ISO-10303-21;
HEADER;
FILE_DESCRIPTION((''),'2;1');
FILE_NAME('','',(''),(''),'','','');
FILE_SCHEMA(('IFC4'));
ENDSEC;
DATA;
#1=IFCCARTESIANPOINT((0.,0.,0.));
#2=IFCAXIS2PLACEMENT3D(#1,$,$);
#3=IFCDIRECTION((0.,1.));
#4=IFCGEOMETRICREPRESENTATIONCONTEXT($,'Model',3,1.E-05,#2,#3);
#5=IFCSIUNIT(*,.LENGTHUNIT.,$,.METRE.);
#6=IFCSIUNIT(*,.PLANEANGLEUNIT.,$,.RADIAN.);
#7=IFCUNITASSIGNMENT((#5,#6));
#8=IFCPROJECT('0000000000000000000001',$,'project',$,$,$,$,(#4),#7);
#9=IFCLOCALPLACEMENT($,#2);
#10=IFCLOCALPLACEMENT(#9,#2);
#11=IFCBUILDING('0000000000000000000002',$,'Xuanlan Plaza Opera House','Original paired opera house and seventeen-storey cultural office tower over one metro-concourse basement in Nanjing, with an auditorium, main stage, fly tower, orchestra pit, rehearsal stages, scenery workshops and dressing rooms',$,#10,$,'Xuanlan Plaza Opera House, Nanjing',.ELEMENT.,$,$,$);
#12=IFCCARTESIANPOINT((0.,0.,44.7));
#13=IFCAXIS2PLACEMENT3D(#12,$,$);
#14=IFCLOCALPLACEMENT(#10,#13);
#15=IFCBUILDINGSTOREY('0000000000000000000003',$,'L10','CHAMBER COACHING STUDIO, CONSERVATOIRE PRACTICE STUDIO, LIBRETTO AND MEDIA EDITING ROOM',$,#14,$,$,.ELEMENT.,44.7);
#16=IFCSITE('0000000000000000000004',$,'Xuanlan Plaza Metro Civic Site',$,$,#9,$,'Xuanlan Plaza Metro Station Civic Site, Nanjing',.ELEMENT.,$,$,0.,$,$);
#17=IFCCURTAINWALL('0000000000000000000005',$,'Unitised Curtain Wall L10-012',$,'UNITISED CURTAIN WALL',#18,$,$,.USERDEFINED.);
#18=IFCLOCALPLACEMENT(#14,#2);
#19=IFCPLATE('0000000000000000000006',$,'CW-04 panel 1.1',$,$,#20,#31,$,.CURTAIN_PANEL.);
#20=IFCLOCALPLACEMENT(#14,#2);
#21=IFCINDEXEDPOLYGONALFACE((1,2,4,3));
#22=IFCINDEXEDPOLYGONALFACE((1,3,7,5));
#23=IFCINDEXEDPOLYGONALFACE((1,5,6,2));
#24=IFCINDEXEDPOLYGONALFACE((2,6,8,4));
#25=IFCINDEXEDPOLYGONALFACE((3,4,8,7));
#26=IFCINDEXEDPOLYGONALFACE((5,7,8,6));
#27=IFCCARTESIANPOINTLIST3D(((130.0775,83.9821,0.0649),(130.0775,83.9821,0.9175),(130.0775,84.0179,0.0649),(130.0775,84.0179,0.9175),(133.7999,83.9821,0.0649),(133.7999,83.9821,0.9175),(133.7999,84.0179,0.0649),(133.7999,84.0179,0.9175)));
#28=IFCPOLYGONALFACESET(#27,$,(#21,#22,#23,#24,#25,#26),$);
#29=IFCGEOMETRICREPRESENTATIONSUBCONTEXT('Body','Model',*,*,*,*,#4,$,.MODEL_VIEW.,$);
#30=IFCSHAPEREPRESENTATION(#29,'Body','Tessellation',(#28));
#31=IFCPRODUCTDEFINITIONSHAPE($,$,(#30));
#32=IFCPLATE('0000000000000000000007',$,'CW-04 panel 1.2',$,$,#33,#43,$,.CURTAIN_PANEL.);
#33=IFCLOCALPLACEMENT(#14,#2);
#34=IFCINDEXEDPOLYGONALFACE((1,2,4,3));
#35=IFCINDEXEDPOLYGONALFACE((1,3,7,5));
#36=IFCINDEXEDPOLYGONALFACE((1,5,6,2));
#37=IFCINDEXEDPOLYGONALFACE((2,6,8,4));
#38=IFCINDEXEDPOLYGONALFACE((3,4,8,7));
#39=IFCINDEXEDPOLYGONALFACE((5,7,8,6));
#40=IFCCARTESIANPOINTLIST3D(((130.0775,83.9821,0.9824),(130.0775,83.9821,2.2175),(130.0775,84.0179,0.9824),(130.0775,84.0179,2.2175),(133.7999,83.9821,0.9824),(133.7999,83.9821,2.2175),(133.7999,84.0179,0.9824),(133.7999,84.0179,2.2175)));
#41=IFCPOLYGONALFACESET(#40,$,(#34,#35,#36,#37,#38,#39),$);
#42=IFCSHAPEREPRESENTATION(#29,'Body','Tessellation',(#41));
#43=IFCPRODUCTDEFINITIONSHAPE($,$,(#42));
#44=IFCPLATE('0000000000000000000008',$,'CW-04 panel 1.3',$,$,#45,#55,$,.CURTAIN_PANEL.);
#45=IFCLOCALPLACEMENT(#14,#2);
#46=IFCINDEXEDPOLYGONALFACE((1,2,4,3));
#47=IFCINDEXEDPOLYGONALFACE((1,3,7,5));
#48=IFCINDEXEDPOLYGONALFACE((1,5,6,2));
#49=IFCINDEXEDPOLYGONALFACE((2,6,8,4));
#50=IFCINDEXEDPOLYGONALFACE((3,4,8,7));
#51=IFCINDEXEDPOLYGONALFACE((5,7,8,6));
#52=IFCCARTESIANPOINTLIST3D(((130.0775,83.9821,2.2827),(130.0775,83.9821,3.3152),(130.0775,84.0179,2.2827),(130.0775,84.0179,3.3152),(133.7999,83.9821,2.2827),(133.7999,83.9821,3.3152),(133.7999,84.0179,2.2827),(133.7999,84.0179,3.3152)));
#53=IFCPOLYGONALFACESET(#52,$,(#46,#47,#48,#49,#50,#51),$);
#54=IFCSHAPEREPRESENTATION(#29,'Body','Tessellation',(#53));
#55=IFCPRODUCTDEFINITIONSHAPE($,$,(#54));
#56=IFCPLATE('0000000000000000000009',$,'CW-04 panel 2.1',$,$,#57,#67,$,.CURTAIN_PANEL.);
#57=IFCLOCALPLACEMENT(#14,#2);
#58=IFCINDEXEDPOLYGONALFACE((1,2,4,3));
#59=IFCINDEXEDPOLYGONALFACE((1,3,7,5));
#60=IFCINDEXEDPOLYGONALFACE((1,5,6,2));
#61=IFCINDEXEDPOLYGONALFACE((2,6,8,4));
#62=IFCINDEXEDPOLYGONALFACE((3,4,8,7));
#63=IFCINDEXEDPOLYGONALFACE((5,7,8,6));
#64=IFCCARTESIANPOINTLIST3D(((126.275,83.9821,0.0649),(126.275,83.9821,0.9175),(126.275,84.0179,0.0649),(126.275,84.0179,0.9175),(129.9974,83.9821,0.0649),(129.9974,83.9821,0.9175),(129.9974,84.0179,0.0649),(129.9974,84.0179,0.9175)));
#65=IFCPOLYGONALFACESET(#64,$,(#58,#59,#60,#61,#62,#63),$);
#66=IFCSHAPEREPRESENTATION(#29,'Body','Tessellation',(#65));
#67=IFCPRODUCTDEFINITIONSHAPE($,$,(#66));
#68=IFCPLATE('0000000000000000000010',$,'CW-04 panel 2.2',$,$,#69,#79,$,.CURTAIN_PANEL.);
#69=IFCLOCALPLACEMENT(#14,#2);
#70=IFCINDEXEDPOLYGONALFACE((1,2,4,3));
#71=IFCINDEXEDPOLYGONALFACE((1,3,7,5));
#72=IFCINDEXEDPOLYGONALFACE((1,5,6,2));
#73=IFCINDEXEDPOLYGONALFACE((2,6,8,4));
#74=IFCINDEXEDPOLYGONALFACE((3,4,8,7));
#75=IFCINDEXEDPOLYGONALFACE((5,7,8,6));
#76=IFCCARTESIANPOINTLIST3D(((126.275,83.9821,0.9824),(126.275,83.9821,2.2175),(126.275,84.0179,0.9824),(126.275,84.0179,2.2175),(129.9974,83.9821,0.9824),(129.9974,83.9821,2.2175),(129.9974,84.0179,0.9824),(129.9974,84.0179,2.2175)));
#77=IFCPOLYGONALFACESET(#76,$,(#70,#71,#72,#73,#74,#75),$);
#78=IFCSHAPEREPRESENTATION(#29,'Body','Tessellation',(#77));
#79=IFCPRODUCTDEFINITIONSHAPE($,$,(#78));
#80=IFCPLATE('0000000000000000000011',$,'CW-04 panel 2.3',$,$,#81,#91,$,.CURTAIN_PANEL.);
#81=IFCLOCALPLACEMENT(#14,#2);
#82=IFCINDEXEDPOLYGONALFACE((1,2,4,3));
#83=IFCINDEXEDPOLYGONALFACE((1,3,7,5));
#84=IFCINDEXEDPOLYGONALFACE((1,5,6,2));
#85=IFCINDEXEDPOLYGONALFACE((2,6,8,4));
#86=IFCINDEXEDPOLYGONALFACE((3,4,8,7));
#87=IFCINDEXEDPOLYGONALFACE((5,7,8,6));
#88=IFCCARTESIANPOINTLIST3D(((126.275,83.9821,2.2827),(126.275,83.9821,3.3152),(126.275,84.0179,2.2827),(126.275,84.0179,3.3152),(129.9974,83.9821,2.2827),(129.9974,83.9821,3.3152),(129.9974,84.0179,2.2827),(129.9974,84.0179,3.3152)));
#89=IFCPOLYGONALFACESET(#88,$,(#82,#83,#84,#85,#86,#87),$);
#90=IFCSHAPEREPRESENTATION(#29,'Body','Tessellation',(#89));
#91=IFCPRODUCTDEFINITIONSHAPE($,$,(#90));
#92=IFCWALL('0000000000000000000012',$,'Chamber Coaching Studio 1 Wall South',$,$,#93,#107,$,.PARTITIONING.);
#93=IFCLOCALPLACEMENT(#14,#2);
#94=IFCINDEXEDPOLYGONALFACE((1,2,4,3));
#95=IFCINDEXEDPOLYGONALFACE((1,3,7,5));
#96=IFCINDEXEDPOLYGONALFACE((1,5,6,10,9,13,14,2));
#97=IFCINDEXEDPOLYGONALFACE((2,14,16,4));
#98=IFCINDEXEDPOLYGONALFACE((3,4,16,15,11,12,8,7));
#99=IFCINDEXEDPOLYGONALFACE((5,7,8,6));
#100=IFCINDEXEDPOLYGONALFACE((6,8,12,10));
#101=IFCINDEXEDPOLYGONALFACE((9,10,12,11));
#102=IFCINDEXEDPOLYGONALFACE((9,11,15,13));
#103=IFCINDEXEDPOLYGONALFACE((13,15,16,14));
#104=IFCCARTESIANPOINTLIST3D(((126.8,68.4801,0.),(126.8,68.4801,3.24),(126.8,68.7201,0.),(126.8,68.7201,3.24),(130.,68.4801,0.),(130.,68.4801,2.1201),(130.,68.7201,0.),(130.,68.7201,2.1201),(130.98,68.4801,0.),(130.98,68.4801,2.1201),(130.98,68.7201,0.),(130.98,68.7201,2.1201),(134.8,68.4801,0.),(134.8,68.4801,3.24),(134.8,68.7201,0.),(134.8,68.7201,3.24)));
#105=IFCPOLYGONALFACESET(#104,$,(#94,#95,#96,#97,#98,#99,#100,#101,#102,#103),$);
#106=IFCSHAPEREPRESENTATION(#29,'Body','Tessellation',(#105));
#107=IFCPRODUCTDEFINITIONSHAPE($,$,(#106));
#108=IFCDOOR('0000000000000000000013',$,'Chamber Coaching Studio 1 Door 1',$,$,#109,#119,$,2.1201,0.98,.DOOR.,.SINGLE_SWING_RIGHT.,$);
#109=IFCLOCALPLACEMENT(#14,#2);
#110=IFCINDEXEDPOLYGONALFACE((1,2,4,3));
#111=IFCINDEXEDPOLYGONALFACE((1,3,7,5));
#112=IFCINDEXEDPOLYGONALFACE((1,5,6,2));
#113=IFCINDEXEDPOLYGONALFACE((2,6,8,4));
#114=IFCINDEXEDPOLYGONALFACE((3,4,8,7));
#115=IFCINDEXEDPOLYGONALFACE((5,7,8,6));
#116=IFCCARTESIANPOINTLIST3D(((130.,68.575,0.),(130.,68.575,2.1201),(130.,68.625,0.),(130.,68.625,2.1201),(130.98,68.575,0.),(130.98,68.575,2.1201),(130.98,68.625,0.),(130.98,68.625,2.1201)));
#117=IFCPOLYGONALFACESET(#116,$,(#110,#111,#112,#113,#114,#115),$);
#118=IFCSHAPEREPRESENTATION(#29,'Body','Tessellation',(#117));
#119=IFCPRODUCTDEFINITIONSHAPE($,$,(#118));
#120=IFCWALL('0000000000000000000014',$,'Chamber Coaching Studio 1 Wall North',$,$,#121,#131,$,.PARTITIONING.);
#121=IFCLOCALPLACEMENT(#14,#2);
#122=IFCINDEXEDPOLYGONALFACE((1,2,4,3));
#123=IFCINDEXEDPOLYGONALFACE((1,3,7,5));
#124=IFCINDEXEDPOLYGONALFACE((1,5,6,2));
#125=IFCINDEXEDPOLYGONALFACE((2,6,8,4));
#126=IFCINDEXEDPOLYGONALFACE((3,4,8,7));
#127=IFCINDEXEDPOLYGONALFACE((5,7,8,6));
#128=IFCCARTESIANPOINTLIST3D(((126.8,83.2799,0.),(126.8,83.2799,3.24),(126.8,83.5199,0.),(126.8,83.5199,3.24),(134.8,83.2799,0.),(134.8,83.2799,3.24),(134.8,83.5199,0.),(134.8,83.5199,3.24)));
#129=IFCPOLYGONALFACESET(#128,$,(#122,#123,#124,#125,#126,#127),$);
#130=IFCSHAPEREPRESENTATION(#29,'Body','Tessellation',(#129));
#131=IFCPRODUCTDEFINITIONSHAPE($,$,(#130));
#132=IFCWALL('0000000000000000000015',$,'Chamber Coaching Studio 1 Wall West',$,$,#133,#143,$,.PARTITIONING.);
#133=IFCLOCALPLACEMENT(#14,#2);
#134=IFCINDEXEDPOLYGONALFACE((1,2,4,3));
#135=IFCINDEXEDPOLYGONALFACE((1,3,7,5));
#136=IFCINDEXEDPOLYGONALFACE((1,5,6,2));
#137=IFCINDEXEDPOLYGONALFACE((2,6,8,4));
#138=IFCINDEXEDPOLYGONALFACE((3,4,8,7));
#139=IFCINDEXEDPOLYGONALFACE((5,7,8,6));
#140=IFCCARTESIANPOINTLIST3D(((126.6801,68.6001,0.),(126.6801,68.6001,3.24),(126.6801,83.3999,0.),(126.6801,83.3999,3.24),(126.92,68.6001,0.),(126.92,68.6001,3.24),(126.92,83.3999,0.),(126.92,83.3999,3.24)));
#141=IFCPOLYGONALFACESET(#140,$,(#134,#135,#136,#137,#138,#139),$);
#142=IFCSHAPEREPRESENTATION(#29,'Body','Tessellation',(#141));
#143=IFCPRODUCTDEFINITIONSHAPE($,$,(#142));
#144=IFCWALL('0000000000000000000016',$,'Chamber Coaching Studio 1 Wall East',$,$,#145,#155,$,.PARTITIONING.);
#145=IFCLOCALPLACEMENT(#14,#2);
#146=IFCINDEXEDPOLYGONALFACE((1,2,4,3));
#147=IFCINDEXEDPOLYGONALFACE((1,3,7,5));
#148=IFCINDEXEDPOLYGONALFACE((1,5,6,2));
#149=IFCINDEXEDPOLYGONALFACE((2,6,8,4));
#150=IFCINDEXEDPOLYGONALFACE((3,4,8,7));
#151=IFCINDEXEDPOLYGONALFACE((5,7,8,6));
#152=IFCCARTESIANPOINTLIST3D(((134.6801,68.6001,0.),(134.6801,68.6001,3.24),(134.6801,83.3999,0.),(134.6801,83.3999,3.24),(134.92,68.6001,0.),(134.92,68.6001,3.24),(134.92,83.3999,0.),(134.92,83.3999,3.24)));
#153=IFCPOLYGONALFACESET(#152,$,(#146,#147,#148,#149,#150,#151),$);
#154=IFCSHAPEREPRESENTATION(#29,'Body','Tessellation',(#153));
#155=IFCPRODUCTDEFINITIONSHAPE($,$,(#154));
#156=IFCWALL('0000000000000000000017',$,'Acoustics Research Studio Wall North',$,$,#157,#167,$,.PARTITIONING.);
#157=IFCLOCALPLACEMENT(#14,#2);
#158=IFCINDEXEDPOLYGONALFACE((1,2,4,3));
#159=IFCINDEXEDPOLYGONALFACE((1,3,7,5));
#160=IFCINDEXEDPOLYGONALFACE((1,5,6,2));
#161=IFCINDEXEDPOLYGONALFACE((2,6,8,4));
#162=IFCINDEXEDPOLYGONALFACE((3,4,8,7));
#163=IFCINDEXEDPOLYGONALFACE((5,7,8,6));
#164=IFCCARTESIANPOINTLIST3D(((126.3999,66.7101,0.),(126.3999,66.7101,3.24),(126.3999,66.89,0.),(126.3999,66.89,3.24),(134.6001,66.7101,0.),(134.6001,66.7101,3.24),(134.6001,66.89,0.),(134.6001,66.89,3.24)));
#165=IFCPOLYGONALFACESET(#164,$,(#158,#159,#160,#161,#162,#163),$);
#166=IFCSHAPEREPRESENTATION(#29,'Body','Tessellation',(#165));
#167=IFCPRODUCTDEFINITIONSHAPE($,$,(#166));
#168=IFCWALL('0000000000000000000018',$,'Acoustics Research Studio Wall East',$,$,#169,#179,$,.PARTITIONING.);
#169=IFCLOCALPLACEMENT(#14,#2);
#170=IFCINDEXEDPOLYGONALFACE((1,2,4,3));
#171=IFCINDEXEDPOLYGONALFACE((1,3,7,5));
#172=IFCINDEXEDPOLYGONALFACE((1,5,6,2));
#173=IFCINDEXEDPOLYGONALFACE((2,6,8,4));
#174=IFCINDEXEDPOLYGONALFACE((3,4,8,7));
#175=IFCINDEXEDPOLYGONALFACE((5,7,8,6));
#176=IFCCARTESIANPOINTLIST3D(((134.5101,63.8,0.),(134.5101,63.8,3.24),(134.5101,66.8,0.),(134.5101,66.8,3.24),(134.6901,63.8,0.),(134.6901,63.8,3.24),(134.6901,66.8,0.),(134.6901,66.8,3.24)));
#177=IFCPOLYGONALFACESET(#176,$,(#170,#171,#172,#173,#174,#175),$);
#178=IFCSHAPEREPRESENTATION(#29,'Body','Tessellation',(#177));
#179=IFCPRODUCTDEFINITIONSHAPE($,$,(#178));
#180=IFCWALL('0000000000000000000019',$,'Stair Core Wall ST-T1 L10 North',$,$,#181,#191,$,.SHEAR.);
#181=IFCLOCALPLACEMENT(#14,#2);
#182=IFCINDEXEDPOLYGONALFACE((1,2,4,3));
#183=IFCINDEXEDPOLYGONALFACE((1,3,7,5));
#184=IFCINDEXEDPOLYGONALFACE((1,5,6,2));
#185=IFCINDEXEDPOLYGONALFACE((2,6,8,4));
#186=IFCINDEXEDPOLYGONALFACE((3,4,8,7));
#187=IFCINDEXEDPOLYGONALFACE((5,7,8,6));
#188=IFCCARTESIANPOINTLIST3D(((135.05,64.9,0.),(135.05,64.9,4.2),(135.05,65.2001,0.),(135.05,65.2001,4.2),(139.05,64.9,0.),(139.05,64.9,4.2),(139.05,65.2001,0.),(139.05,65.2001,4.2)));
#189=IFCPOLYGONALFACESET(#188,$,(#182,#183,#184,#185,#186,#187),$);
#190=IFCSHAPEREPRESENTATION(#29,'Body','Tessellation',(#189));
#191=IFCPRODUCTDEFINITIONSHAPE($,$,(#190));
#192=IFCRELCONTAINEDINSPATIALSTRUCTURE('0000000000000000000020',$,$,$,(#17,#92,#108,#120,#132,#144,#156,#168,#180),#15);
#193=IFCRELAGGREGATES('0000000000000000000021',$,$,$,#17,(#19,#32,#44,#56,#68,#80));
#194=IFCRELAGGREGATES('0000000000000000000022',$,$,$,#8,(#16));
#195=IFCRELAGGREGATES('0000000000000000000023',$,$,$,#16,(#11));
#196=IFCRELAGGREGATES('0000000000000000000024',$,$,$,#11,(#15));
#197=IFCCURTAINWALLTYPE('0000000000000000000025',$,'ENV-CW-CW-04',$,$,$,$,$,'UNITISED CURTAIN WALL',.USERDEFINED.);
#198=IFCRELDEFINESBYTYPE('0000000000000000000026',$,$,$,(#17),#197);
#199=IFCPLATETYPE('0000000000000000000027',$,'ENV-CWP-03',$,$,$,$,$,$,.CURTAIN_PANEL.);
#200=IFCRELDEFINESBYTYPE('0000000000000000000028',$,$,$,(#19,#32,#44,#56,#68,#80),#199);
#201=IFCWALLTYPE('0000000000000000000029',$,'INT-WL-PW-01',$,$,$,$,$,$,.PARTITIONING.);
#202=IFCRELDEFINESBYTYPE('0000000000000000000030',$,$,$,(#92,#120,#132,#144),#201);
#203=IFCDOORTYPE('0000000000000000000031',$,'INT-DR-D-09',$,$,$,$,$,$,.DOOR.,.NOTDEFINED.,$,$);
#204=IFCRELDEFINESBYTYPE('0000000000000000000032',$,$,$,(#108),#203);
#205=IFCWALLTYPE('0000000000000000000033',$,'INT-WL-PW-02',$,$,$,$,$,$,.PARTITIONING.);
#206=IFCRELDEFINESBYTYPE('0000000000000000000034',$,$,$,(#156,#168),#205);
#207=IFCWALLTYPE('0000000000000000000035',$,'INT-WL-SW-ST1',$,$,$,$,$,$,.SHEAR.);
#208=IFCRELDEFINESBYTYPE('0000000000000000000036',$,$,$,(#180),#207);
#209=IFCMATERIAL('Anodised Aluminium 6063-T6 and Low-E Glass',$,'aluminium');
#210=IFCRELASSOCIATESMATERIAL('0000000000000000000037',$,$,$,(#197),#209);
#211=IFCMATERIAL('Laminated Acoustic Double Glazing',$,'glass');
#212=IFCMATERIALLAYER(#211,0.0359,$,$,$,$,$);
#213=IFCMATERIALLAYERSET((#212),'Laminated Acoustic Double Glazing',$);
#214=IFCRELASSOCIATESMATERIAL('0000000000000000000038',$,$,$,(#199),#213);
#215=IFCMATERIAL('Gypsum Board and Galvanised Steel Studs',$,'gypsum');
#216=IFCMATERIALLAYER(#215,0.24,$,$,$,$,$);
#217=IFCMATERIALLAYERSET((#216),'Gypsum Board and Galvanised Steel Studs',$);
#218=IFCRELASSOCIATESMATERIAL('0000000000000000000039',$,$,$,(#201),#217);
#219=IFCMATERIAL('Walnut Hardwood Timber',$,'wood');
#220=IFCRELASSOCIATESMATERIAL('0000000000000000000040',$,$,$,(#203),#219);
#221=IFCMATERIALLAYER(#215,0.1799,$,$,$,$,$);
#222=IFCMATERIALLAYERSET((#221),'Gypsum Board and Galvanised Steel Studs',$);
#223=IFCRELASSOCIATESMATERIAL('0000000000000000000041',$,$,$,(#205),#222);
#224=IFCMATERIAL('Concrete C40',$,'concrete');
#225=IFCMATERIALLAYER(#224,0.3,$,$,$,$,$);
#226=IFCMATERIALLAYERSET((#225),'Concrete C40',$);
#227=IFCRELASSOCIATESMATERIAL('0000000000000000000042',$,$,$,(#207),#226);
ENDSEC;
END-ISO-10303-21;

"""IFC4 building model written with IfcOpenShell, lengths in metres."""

from ifc_helpers import new_model, si_unit, direction, frame, frame_2d, origin, origin_2d, place, context, subcontext, project, spatial, rectangle, extrude, material, layer, layer_set, type_object, element, fill, aggregate, save


model = new_model("IFC4")

# Units and contexts
model_context = context("Model", 3, precision=1e-05, world=origin(), true_north=direction((0.0, 1.0)))
body_context = subcontext(model_context, "Body", "Model", "MODEL_VIEW")
ifc_project = project(units=[si_unit("LENGTHUNIT", "METRE"), si_unit("PLANEANGLEUNIT", "RADIAN")], contexts=[model_context])

# Site, building, storey
site_placement = place(None, origin())
site = spatial("IfcSite", under=ifc_project, at=site_placement, Name="Xuanlan Plaza Metro Civic Site", LongName="Xuanlan Plaza Metro Station Civic Site, Nanjing", CompositionType="ELEMENT", RefElevation=0.0)
building_placement = place(site_placement, origin())
building = spatial("IfcBuilding", under=site, at=building_placement, Name="Xuanlan Plaza Opera House", Description="Original paired opera house and seventeen-storey cultural office tower over one metro-concourse basement in Nanjing, with an auditorium, main stage, fly tower, orchestra pit, rehearsal stages, scenery workshops and dressing rooms", LongName="Xuanlan Plaza Opera House, Nanjing", CompositionType="ELEMENT")
storey_placement = place(building_placement, frame((0.0, 0.0, 44.7)))
storey = spatial("IfcBuildingStorey", under=building, at=storey_placement, Name="L10", Description="CHAMBER COACHING STUDIO, CONSERVATOIRE PRACTICE STUDIO, LIBRETTO AND MEDIA EDITING ROOM", CompositionType="ELEMENT", Elevation=44.7)

# Shared definitions
ifc_material_1 = material(Name="Anodised Aluminium 6063-T6 and Low-E Glass", Category="aluminium")

# Curtain wall
curtain_wall_type_1 = type_object("IfcCurtainWallType", Name="ENV-CW-CW-04", ElementType="UNITISED CURTAIN WALL", PredefinedType="USERDEFINED", material=ifc_material_1)
curtain_wall_1_placement = place(storey_placement, origin())
curtain_wall_1 = element("IfcCurtainWall", 1, at=curtain_wall_1_placement, inside=storey, type_object=curtain_wall_type_1, Name="Unitised Curtain Wall L10-012", ObjectType="UNITISED CURTAIN WALL", PredefinedType="USERDEFINED")

# Shared definitions
ifc_material_2 = material(Name="Concrete C40", Category="concrete")

# Plates
ifc_material_3 = material(Name="Laminated Acoustic Double Glazing", Category="glass")
ifc_layer_1 = layer(ifc_material_3, 0.0359)
ifc_layer_set_1 = layer_set([ifc_layer_1], Name="Laminated Acoustic Double Glazing")
plate_type = type_object("IfcPlateType", Name="ENV-CWP-03", PredefinedType="CURTAIN_PANEL", material=ifc_layer_set_1)
plate_1_placement = place(storey_placement, frame((131.9387, 84.0, 0.0649), z_axis=(0.0, 0.0, 1.0), x_axis=(-1.0, 0.0, 0.0)))
plate_1 = element("IfcPlate", 2, at=plate_1_placement, type_object=plate_type, Name="CW-04 panel 1.1", PredefinedType="CURTAIN_PANEL", context=body_context, shape_type="SweptSolid", body=[
    extrude(rectangle(XDim=3.7224, YDim=0.0359, at=origin_2d()), origin(), (0.0, 0.0, 1.0), 0.8525),
])
plate_2_placement = place(storey_placement, frame((131.9387, 84.0, 0.9824), z_axis=(0.0, 0.0, 1.0), x_axis=(-1.0, 0.0, 0.0)))
plate_2 = element("IfcPlate", 3, at=plate_2_placement, type_object=plate_type, Name="CW-04 panel 1.2", PredefinedType="CURTAIN_PANEL", context=body_context, shape_type="SweptSolid", body=[
    extrude(rectangle(XDim=3.7224, YDim=0.0359, at=origin_2d()), origin(), (0.0, 0.0, 1.0), 1.2351),
])
plate_3_placement = place(storey_placement, frame((131.9387, 84.0, 2.2827), z_axis=(0.0, 0.0, 1.0), x_axis=(-1.0, 0.0, 0.0)))
plate_3 = element("IfcPlate", 4, at=plate_3_placement, type_object=plate_type, Name="CW-04 panel 1.3", PredefinedType="CURTAIN_PANEL", context=body_context, shape_type="SweptSolid", body=[
    extrude(rectangle(XDim=3.7224, YDim=0.0359, at=origin_2d()), origin(), (0.0, 0.0, 1.0), 1.0325),
])
plate_4_placement = place(storey_placement, frame((128.1362, 84.0, 0.0649), z_axis=(0.0, 0.0, 1.0), x_axis=(-1.0, 0.0, 0.0)))
plate_4 = element("IfcPlate", 5, at=plate_4_placement, type_object=plate_type, Name="CW-04 panel 2.1", PredefinedType="CURTAIN_PANEL", context=body_context, shape_type="SweptSolid", body=[
    extrude(rectangle(XDim=3.7224, YDim=0.0359, at=origin_2d()), origin(), (0.0, 0.0, 1.0), 0.8525),
])
plate_5_placement = place(storey_placement, frame((128.1362, 84.0, 0.9824), z_axis=(0.0, 0.0, 1.0), x_axis=(-1.0, 0.0, 0.0)))
plate_5 = element("IfcPlate", 6, at=plate_5_placement, type_object=plate_type, Name="CW-04 panel 2.2", PredefinedType="CURTAIN_PANEL", context=body_context, shape_type="SweptSolid", body=[
    extrude(rectangle(XDim=3.7224, YDim=0.0359, at=origin_2d()), origin(), (0.0, 0.0, 1.0), 1.2351),
])
plate_6_placement = place(storey_placement, frame((128.1362, 84.0, 2.2827), z_axis=(0.0, 0.0, 1.0), x_axis=(-1.0, 0.0, 0.0)))
plate_6 = element("IfcPlate", 7, at=plate_6_placement, type_object=plate_type, Name="CW-04 panel 2.3", PredefinedType="CURTAIN_PANEL", context=body_context, shape_type="SweptSolid", body=[
    extrude(rectangle(XDim=3.7224, YDim=0.0359, at=origin_2d()), origin(), (0.0, 0.0, 1.0), 1.0325),
])
aggregate(curtain_wall_1, [plate_1, plate_2, plate_3, plate_4, plate_5, plate_6])

# Wall, opening, door
ifc_material_4 = material(Name="Gypsum Board and Galvanised Steel Studs", Category="gypsum")
ifc_layer_2 = layer(ifc_material_4, 0.24)
ifc_layer_set_2 = layer_set([ifc_layer_2], Name="Gypsum Board and Galvanised Steel Studs")
wall_type_1 = type_object("IfcWallType", Name="INT-WL-PW-01", PredefinedType="PARTITIONING", material=ifc_layer_set_2)
wall_1_placement = place(storey_placement, frame((126.8, 68.6001, 0.0), z_axis=(0.0, 0.0, 1.0), x_axis=(1.0, 0.0, 0.0)))
wall_1 = element("IfcWall", 8, at=wall_1_placement, inside=storey, type_object=wall_type_1, Name="Chamber Coaching Studio 1 Wall South", PredefinedType="PARTITIONING", context=body_context, shape_type="SweptSolid", body=[
    extrude(rectangle(XDim=8.0, YDim=0.24, at=frame_2d((4.0, 0.0))), origin(), (0.0, 0.0, 1.0), 3.24),
])
opening_placement = place(wall_1_placement, frame((3.2, 0.0, 0.0)))
opening = element("IfcOpeningElement", 9, at=opening_placement, cuts=wall_1, PredefinedType="OPENING", context=body_context, shape_type="SweptSolid", body=[
    extrude(rectangle(XDim=0.98, YDim=2.1201, at=frame_2d((0.49, 1.0601))), frame((0.0, 0.1299, 0.0), z_axis=(0.0, -1.0, 0.0), x_axis=(1.0, 0.0, 0.0)), (0.0, 0.0, 1.0), 0.26),
])
ifc_material_5 = material(Name="Walnut Hardwood Timber", Category="wood")
door_type = type_object("IfcDoorType", Name="INT-DR-D-09", OperationType="NOTDEFINED", PredefinedType="DOOR", material=ifc_material_5)
door_placement = place(opening_placement, origin())
door = element("IfcDoor", 10, at=door_placement, inside=storey, type_object=door_type, Name="Chamber Coaching Studio 1 Door 1", OperationType="SINGLE_SWING_RIGHT", OverallHeight=2.1201, OverallWidth=0.98, PredefinedType="DOOR", context=body_context, shape_type="SweptSolid", body=[
    extrude(rectangle(XDim=0.98, YDim=2.1201, at=frame_2d((0.49, 1.0601))), frame((0.0, 0.0249, 0.0), z_axis=(0.0, -1.0, 0.0), x_axis=(1.0, 0.0, 0.0)), (0.0, 0.0, 1.0), 0.05),
])
fill(opening, door)

# Walls
wall_2_placement = place(storey_placement, frame((126.8, 83.3999, 0.0), z_axis=(0.0, 0.0, 1.0), x_axis=(1.0, 0.0, 0.0)))
element("IfcWall", 11, at=wall_2_placement, inside=storey, type_object=wall_type_1, Name="Chamber Coaching Studio 1 Wall North", PredefinedType="PARTITIONING", context=body_context, shape_type="SweptSolid", body=[
    extrude(rectangle(XDim=8.0, YDim=0.24, at=frame_2d((4.0, 0.0))), origin(), (0.0, 0.0, 1.0), 3.24),
])
for number, where, z_axis, x_axis, name in (
    (12, (126.8, 68.6001, 0.0), (0.0, 0.0, 1.0), (0.0, 1.0, 0.0), "Chamber Coaching Studio 1 Wall West"),
    (13, (134.8, 68.6001, 0.0), (0.0, 0.0, 1.0), (0.0, 1.0, 0.0), "Chamber Coaching Studio 1 Wall East"),
):
    element("IfcWall", number, at=place(storey_placement, frame(where, z_axis=z_axis, x_axis=x_axis)), inside=storey, type_object=wall_type_1, Name=name, PredefinedType="PARTITIONING", context=body_context, shape_type="SweptSolid", body=[
        extrude(rectangle(XDim=14.7998, YDim=0.24, at=frame_2d((7.3999, 0.0))), origin(), (0.0, 0.0, 1.0), 3.24),
    ])
ifc_layer_3 = layer(ifc_material_4, 0.1799)
ifc_layer_set_3 = layer_set([ifc_layer_3], Name="Gypsum Board and Galvanised Steel Studs")
wall_type_2 = type_object("IfcWallType", Name="INT-WL-PW-02", PredefinedType="PARTITIONING", material=ifc_layer_set_3)
wall_3_placement = place(storey_placement, frame((126.3999, 66.8, 0.0), z_axis=(0.0, 0.0, 1.0), x_axis=(1.0, 0.0, 0.0)))
element("IfcWall", 14, at=wall_3_placement, inside=storey, type_object=wall_type_2, Name="Acoustics Research Studio Wall North", PredefinedType="PARTITIONING", context=body_context, shape_type="SweptSolid", body=[
    extrude(rectangle(XDim=8.2002, YDim=0.1799, at=frame_2d((4.1001, 0.0))), origin(), (0.0, 0.0, 1.0), 3.24),
])
wall_4_placement = place(storey_placement, frame((134.6001, 63.8, 0.0), z_axis=(0.0, 0.0, 1.0), x_axis=(0.0, 1.0, 0.0)))
element("IfcWall", 15, at=wall_4_placement, inside=storey, type_object=wall_type_2, Name="Acoustics Research Studio Wall East", PredefinedType="PARTITIONING", context=body_context, shape_type="SweptSolid", body=[
    extrude(rectangle(XDim=3.0, YDim=0.1799, at=frame_2d((1.5, 0.0))), origin(), (0.0, 0.0, 1.0), 3.24),
])
ifc_layer_4 = layer(ifc_material_2, 0.3)
ifc_layer_set_4 = layer_set([ifc_layer_4], Name="Concrete C40")
wall_type_3 = type_object("IfcWallType", Name="INT-WL-SW-ST1", PredefinedType="SHEAR", material=ifc_layer_set_4)
wall_5_placement = place(storey_placement, frame((135.05, 65.05, 0.0), z_axis=(0.0, 0.0, 1.0), x_axis=(1.0, 0.0, 0.0)))
element("IfcWall", 16, at=wall_5_placement, inside=storey, type_object=wall_type_3, Name="Stair Core Wall ST-T1 L10 North", PredefinedType="SHEAR", context=body_context, shape_type="SweptSolid", body=[
    extrude(rectangle(XDim=4.0, YDim=0.3, at=frame_2d((2.0, 0.0))), origin(), (0.0, 0.0, 1.0), 4.2),
])

save(model, "model.ifc")
